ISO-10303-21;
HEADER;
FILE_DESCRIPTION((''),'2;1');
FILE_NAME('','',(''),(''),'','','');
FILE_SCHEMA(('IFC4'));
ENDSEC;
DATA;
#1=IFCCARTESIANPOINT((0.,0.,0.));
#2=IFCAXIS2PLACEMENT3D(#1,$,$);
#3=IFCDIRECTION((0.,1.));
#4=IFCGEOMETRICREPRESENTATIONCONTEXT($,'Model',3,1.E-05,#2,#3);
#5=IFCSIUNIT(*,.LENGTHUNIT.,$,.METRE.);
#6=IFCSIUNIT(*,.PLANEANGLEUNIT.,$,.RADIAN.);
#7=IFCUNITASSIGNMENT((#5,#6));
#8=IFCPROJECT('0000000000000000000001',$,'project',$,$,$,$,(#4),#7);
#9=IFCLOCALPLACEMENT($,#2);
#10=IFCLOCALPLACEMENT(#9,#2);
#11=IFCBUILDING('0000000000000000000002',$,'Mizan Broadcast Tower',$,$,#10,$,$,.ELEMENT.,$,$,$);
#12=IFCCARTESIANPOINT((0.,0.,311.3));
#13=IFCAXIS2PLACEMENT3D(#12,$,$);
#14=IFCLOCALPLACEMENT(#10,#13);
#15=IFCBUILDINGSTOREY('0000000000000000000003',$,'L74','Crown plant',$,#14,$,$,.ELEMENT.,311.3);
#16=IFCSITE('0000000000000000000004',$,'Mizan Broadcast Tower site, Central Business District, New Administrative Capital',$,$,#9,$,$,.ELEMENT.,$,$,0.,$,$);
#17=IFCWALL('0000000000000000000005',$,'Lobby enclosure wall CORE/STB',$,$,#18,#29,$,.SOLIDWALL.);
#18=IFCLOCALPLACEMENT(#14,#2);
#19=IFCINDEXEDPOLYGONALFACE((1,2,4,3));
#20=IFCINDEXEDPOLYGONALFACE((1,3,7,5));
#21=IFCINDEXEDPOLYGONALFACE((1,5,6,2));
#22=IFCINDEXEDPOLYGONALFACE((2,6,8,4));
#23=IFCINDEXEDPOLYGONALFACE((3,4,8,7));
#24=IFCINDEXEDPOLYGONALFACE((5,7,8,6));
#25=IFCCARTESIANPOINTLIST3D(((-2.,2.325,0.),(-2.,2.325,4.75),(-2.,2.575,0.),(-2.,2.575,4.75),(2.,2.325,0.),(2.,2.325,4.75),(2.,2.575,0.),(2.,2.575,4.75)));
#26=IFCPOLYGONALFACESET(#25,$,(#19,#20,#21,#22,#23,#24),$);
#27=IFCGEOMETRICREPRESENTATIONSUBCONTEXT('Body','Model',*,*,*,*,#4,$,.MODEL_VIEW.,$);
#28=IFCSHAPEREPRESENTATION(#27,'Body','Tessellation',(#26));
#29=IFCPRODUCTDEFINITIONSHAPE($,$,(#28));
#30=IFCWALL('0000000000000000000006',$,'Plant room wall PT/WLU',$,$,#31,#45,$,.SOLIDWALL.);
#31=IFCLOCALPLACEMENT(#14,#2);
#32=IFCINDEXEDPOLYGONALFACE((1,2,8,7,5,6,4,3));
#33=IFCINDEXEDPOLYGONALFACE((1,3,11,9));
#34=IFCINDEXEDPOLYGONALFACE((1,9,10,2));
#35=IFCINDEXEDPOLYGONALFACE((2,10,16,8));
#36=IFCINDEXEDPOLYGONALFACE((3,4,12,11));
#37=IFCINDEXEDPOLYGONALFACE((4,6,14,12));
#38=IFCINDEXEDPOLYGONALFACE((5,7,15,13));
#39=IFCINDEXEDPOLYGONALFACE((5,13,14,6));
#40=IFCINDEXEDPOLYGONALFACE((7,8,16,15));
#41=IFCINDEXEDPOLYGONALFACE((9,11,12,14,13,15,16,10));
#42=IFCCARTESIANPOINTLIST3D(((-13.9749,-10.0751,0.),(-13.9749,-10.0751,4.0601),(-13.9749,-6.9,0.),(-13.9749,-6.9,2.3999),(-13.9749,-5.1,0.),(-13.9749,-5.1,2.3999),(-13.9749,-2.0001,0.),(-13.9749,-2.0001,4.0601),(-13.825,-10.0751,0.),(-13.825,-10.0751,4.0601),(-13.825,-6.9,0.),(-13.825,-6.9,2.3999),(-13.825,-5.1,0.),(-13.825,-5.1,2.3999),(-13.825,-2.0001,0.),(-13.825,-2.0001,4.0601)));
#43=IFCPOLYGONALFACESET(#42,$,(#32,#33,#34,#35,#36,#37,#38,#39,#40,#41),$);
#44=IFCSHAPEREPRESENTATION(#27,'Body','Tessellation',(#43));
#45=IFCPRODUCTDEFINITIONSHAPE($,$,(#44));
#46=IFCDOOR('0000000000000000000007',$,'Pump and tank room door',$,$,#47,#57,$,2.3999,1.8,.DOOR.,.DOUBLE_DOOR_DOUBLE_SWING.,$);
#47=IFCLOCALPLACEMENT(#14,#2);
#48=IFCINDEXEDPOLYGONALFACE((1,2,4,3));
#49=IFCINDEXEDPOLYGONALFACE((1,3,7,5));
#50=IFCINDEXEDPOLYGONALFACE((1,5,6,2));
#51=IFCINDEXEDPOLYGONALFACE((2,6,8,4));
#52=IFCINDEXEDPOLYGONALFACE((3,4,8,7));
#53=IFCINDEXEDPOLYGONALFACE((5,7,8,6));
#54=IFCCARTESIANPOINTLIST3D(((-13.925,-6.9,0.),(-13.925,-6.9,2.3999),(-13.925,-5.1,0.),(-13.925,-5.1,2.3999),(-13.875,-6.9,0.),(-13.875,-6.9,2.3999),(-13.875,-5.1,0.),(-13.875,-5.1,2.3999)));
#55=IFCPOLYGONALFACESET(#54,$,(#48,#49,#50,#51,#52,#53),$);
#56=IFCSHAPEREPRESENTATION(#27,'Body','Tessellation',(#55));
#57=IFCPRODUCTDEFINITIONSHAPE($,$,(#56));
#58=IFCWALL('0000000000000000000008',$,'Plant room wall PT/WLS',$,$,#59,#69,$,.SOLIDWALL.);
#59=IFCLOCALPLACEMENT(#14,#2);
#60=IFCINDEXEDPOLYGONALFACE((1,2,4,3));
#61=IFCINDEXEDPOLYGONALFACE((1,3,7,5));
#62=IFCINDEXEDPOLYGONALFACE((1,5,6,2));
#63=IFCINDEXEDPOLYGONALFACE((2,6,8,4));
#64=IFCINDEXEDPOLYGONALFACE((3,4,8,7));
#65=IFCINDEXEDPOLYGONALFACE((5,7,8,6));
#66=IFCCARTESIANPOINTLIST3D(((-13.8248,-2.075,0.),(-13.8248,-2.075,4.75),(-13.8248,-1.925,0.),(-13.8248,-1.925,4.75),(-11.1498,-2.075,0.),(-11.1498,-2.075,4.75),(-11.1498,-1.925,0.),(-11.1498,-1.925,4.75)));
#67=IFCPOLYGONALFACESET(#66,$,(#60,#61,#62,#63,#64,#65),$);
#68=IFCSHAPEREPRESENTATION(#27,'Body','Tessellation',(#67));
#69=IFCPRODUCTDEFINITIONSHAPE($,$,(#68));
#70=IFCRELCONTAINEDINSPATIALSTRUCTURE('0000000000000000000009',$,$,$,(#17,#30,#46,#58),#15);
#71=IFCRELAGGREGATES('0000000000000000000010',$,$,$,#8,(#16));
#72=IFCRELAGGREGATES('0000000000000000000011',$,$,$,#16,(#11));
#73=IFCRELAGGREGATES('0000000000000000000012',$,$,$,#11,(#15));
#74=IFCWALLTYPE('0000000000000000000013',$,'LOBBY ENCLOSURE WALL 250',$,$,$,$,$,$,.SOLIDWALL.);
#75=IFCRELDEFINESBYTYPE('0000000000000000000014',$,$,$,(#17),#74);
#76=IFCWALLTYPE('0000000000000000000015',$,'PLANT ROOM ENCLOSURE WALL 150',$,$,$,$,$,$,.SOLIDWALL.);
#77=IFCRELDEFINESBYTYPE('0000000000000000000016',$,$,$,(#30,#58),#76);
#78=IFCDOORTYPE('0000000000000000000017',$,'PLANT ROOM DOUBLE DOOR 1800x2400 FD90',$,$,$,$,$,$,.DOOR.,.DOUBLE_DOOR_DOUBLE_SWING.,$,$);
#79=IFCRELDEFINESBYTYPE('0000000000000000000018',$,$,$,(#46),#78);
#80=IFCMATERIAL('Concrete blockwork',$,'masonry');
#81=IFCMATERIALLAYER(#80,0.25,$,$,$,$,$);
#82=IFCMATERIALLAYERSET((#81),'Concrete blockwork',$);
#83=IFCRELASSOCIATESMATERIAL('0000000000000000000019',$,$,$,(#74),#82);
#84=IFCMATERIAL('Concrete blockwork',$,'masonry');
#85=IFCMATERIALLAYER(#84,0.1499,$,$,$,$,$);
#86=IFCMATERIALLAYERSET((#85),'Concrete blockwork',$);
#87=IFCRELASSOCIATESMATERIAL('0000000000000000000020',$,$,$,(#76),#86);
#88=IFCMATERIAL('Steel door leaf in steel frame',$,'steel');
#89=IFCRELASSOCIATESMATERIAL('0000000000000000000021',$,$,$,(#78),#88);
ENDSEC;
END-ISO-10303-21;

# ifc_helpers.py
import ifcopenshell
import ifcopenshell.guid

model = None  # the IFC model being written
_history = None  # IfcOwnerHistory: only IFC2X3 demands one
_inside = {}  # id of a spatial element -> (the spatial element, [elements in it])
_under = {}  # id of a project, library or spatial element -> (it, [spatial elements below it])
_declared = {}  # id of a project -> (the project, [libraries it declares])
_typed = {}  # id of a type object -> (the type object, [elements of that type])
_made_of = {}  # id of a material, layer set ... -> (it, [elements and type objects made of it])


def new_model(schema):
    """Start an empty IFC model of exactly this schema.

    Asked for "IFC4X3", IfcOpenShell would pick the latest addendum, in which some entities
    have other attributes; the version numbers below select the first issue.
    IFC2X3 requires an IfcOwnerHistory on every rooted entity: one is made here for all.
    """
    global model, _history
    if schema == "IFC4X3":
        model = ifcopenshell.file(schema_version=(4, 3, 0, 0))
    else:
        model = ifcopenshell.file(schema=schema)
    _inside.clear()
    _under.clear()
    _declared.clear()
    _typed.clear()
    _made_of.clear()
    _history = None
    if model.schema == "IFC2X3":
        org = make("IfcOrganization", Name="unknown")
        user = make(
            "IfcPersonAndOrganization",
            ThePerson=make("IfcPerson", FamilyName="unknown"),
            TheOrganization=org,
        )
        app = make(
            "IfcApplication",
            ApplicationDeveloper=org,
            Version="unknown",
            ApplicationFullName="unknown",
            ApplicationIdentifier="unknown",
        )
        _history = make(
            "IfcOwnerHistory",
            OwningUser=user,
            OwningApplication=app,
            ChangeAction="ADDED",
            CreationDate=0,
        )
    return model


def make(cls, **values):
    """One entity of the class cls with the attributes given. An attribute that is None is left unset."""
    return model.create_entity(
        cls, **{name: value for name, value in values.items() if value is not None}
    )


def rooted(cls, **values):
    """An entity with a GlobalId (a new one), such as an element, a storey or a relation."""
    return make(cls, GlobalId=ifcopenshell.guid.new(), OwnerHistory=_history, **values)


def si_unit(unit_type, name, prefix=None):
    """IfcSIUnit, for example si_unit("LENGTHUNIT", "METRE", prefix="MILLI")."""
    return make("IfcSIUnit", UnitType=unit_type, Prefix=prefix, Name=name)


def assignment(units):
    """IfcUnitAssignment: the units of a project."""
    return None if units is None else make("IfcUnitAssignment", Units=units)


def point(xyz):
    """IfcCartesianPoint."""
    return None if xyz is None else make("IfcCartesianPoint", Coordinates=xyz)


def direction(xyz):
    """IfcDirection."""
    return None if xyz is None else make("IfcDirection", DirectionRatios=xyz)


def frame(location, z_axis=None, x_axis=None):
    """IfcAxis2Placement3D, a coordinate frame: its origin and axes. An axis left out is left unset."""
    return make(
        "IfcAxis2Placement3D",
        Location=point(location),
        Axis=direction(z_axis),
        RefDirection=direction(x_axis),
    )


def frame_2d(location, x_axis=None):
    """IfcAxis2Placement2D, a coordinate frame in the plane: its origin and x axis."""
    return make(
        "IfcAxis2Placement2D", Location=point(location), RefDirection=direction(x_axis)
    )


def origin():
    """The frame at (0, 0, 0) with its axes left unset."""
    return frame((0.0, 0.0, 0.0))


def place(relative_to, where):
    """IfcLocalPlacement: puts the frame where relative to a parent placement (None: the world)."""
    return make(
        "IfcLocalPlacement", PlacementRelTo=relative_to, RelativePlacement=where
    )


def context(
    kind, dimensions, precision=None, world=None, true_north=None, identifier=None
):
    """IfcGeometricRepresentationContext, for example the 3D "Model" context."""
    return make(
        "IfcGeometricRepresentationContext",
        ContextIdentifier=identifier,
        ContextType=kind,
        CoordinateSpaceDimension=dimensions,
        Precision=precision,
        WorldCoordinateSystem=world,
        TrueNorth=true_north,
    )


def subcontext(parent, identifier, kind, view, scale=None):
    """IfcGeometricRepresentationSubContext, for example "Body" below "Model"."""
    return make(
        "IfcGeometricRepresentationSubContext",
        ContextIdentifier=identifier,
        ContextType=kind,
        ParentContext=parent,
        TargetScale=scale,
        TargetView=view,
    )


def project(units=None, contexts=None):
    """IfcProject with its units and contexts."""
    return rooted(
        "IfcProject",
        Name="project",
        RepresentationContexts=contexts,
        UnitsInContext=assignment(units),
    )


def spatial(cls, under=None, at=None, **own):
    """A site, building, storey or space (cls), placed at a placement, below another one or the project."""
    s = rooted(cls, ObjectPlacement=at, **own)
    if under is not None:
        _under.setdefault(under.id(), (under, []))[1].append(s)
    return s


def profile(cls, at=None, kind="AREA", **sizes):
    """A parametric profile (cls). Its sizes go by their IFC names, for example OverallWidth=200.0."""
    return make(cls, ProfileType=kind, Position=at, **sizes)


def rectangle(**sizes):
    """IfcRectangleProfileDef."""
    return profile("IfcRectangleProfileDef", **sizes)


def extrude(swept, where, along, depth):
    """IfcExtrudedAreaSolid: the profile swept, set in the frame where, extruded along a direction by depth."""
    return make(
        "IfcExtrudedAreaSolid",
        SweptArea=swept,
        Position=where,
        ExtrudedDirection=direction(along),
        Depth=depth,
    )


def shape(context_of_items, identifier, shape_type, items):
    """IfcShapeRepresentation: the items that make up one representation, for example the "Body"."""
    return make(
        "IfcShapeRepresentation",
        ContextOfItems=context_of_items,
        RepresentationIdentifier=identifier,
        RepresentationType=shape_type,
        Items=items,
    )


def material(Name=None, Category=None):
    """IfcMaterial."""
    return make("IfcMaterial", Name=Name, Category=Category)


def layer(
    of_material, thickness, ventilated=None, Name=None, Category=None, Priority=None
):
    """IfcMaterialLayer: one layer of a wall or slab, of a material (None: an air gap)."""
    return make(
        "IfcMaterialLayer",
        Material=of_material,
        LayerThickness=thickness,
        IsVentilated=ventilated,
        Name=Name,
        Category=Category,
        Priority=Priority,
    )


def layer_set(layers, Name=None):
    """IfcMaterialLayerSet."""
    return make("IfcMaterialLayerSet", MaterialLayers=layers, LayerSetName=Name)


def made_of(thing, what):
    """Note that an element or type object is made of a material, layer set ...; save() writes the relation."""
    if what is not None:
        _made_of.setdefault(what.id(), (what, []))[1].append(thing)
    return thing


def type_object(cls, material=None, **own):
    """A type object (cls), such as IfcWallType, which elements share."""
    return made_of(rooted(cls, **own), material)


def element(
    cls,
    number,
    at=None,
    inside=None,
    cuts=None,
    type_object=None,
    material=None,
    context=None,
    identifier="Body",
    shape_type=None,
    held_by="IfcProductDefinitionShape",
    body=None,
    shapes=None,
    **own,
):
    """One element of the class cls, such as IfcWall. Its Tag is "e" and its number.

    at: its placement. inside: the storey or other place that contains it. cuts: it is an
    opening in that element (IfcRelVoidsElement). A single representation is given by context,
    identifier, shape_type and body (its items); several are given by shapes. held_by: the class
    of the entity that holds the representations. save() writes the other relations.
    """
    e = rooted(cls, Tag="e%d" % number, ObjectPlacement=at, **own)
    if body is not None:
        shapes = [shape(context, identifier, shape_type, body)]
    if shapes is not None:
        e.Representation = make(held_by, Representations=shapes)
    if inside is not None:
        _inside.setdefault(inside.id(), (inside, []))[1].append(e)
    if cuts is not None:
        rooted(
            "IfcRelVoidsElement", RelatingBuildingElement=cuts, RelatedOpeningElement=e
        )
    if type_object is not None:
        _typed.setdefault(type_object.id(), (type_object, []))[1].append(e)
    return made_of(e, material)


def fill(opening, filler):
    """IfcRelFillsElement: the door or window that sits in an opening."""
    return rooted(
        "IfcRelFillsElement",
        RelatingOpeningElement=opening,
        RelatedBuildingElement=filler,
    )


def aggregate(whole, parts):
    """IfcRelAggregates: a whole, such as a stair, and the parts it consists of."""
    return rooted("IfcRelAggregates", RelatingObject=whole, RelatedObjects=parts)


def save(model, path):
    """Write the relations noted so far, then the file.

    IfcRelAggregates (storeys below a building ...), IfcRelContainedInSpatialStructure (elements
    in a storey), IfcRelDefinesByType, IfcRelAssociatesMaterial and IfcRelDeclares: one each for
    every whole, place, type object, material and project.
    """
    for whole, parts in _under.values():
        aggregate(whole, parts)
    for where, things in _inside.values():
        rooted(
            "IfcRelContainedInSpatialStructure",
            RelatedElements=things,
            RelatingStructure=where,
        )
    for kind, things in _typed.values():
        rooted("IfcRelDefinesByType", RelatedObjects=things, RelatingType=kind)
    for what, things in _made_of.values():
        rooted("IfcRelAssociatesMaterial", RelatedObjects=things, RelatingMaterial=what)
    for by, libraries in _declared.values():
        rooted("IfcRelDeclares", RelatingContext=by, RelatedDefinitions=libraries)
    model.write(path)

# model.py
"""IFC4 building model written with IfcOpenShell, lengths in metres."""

from ifc_helpers import new_model, si_unit, direction, frame, frame_2d, origin, place, context, subcontext, project, spatial, rectangle, extrude, material, layer, layer_set, type_object, element, fill, save


model = new_model("IFC4")

# Units and contexts
model_context = context("Model", 3, precision=1e-05, world=origin(), true_north=direction((0.0, 1.0)))
body_context = subcontext(model_context, "Body", "Model", "MODEL_VIEW")
ifc_project = project(units=[si_unit("LENGTHUNIT", "METRE"), si_unit("PLANEANGLEUNIT", "RADIAN")], contexts=[model_context])

# Site, building, storey
site_placement = place(None, origin())
site = spatial("IfcSite", under=ifc_project, at=site_placement, Name="Mizan Broadcast Tower site, Central Business District, New Administrative Capital", CompositionType="ELEMENT", RefElevation=0.0)
building_placement = place(site_placement, origin())
building = spatial("IfcBuilding", under=site, at=building_placement, Name="Mizan Broadcast Tower", CompositionType="ELEMENT")
storey_placement = place(building_placement, frame((0.0, 0.0, 311.3)))
storey = spatial("IfcBuildingStorey", under=building, at=storey_placement, Name="L74", Description="Crown plant", CompositionType="ELEMENT", Elevation=311.3)

# Shared definitions
ifc_material_1 = material(Name="Concrete blockwork", Category="masonry")
ifc_layer_1 = layer(ifc_material_1, 0.25)
ifc_layer_set_1 = layer_set([ifc_layer_1], Name="Concrete blockwork")
wall_type_1 = type_object("IfcWallType", Name="LOBBY ENCLOSURE WALL 250", PredefinedType="SOLIDWALL", material=ifc_layer_set_1)

# Wall
for number, where, z_axis, x_axis, name in (
    (1, (-2.0, 2.45, 0.0), (0.0, 0.0, 1.0), (1.0, 0.0, 0.0), "Lobby enclosure wall CORE/STB"),
):
    element("IfcWall", number, at=place(storey_placement, frame(where, z_axis=z_axis, x_axis=x_axis)), inside=storey, type_object=wall_type_1, Name=name, PredefinedType="SOLIDWALL", context=body_context, shape_type="SweptSolid", body=[
        extrude(rectangle(XDim=4.0, YDim=0.25, at=frame_2d((2.0, 0.0))), origin(), (0.0, 0.0, 1.0), 4.75),
    ])

# Wall, opening, door
ifc_material_2 = material(Name="Concrete blockwork", Category="masonry")
ifc_layer_2 = layer(ifc_material_2, 0.1499)
ifc_layer_set_2 = layer_set([ifc_layer_2], Name="Concrete blockwork")
wall_type_2 = type_object("IfcWallType", Name="PLANT ROOM ENCLOSURE WALL 150", PredefinedType="SOLIDWALL", material=ifc_layer_set_2)
wall_1_placement = place(storey_placement, frame((-13.8999, -2.0, 0.0), z_axis=(0.0, 0.0, 1.0), x_axis=(0.0, -1.0, 0.0)))
wall_1 = element("IfcWall", 2, at=wall_1_placement, inside=storey, type_object=wall_type_2, Name="Plant room wall PT/WLU", PredefinedType="SOLIDWALL", context=body_context, shape_type="SweptSolid", body=[
    extrude(rectangle(XDim=8.075, YDim=0.1499, at=frame_2d((4.0376, 0.0))), origin(), (0.0, 0.0, 1.0), 4.0601),
])
opening_1_placement = place(wall_1_placement, frame((3.1001, 0.0, 0.0)))
opening_1 = element("IfcOpeningElement", 3, at=opening_1_placement, cuts=wall_1, PredefinedType="OPENING", context=body_context, shape_type="SweptSolid", body=[
    extrude(rectangle(XDim=1.8, YDim=2.3999, at=frame_2d((0.8999, 1.2))), frame((0.0, 0.085, 0.0), z_axis=(0.0, -1.0, 0.0), x_axis=(1.0, 0.0, 0.0)), (0.0, 0.0, 1.0), 0.1699),
])
ifc_material_3 = material(Name="Steel door leaf in steel frame", Category="steel")
door_type_1 = type_object("IfcDoorType", Name="PLANT ROOM DOUBLE DOOR 1800x2400 FD90", OperationType="DOUBLE_DOOR_DOUBLE_SWING", PredefinedType="DOOR", material=ifc_material_3)
door_1_placement = place(opening_1_placement, origin())
door_1 = element("IfcDoor", 4, at=door_1_placement, inside=storey, type_object=door_type_1, Name="Pump and tank room door", OperationType="DOUBLE_DOOR_DOUBLE_SWING", OverallHeight=2.3999, OverallWidth=1.8, PredefinedType="DOOR", context=body_context, shape_type="SweptSolid", body=[
    extrude(rectangle(XDim=1.8, YDim=2.3999, at=frame_2d((0.8999, 1.2))), frame((0.0, 0.0249, 0.0), z_axis=(0.0, -1.0, 0.0), x_axis=(1.0, 0.0, 0.0)), (0.0, 0.0, 1.0), 0.05),
])
fill(opening_1, door_1)

# Wall
wall_2_placement = place(storey_placement, frame((-11.1499, -2.0, 0.0), z_axis=(0.0, 0.0, 1.0), x_axis=(-1.0, 0.0, 0.0)))
element("IfcWall", 5, at=wall_2_placement, inside=storey, type_object=wall_type_2, Name="Plant room wall PT/WLS", PredefinedType="SOLIDWALL", context=body_context, shape_type="SweptSolid", body=[
    extrude(rectangle(XDim=2.675, YDim=0.1499, at=frame_2d((1.3374, 0.0))), origin(), (0.0, 0.0, 1.0), 4.75),
])

save(model, "model.ifc")
